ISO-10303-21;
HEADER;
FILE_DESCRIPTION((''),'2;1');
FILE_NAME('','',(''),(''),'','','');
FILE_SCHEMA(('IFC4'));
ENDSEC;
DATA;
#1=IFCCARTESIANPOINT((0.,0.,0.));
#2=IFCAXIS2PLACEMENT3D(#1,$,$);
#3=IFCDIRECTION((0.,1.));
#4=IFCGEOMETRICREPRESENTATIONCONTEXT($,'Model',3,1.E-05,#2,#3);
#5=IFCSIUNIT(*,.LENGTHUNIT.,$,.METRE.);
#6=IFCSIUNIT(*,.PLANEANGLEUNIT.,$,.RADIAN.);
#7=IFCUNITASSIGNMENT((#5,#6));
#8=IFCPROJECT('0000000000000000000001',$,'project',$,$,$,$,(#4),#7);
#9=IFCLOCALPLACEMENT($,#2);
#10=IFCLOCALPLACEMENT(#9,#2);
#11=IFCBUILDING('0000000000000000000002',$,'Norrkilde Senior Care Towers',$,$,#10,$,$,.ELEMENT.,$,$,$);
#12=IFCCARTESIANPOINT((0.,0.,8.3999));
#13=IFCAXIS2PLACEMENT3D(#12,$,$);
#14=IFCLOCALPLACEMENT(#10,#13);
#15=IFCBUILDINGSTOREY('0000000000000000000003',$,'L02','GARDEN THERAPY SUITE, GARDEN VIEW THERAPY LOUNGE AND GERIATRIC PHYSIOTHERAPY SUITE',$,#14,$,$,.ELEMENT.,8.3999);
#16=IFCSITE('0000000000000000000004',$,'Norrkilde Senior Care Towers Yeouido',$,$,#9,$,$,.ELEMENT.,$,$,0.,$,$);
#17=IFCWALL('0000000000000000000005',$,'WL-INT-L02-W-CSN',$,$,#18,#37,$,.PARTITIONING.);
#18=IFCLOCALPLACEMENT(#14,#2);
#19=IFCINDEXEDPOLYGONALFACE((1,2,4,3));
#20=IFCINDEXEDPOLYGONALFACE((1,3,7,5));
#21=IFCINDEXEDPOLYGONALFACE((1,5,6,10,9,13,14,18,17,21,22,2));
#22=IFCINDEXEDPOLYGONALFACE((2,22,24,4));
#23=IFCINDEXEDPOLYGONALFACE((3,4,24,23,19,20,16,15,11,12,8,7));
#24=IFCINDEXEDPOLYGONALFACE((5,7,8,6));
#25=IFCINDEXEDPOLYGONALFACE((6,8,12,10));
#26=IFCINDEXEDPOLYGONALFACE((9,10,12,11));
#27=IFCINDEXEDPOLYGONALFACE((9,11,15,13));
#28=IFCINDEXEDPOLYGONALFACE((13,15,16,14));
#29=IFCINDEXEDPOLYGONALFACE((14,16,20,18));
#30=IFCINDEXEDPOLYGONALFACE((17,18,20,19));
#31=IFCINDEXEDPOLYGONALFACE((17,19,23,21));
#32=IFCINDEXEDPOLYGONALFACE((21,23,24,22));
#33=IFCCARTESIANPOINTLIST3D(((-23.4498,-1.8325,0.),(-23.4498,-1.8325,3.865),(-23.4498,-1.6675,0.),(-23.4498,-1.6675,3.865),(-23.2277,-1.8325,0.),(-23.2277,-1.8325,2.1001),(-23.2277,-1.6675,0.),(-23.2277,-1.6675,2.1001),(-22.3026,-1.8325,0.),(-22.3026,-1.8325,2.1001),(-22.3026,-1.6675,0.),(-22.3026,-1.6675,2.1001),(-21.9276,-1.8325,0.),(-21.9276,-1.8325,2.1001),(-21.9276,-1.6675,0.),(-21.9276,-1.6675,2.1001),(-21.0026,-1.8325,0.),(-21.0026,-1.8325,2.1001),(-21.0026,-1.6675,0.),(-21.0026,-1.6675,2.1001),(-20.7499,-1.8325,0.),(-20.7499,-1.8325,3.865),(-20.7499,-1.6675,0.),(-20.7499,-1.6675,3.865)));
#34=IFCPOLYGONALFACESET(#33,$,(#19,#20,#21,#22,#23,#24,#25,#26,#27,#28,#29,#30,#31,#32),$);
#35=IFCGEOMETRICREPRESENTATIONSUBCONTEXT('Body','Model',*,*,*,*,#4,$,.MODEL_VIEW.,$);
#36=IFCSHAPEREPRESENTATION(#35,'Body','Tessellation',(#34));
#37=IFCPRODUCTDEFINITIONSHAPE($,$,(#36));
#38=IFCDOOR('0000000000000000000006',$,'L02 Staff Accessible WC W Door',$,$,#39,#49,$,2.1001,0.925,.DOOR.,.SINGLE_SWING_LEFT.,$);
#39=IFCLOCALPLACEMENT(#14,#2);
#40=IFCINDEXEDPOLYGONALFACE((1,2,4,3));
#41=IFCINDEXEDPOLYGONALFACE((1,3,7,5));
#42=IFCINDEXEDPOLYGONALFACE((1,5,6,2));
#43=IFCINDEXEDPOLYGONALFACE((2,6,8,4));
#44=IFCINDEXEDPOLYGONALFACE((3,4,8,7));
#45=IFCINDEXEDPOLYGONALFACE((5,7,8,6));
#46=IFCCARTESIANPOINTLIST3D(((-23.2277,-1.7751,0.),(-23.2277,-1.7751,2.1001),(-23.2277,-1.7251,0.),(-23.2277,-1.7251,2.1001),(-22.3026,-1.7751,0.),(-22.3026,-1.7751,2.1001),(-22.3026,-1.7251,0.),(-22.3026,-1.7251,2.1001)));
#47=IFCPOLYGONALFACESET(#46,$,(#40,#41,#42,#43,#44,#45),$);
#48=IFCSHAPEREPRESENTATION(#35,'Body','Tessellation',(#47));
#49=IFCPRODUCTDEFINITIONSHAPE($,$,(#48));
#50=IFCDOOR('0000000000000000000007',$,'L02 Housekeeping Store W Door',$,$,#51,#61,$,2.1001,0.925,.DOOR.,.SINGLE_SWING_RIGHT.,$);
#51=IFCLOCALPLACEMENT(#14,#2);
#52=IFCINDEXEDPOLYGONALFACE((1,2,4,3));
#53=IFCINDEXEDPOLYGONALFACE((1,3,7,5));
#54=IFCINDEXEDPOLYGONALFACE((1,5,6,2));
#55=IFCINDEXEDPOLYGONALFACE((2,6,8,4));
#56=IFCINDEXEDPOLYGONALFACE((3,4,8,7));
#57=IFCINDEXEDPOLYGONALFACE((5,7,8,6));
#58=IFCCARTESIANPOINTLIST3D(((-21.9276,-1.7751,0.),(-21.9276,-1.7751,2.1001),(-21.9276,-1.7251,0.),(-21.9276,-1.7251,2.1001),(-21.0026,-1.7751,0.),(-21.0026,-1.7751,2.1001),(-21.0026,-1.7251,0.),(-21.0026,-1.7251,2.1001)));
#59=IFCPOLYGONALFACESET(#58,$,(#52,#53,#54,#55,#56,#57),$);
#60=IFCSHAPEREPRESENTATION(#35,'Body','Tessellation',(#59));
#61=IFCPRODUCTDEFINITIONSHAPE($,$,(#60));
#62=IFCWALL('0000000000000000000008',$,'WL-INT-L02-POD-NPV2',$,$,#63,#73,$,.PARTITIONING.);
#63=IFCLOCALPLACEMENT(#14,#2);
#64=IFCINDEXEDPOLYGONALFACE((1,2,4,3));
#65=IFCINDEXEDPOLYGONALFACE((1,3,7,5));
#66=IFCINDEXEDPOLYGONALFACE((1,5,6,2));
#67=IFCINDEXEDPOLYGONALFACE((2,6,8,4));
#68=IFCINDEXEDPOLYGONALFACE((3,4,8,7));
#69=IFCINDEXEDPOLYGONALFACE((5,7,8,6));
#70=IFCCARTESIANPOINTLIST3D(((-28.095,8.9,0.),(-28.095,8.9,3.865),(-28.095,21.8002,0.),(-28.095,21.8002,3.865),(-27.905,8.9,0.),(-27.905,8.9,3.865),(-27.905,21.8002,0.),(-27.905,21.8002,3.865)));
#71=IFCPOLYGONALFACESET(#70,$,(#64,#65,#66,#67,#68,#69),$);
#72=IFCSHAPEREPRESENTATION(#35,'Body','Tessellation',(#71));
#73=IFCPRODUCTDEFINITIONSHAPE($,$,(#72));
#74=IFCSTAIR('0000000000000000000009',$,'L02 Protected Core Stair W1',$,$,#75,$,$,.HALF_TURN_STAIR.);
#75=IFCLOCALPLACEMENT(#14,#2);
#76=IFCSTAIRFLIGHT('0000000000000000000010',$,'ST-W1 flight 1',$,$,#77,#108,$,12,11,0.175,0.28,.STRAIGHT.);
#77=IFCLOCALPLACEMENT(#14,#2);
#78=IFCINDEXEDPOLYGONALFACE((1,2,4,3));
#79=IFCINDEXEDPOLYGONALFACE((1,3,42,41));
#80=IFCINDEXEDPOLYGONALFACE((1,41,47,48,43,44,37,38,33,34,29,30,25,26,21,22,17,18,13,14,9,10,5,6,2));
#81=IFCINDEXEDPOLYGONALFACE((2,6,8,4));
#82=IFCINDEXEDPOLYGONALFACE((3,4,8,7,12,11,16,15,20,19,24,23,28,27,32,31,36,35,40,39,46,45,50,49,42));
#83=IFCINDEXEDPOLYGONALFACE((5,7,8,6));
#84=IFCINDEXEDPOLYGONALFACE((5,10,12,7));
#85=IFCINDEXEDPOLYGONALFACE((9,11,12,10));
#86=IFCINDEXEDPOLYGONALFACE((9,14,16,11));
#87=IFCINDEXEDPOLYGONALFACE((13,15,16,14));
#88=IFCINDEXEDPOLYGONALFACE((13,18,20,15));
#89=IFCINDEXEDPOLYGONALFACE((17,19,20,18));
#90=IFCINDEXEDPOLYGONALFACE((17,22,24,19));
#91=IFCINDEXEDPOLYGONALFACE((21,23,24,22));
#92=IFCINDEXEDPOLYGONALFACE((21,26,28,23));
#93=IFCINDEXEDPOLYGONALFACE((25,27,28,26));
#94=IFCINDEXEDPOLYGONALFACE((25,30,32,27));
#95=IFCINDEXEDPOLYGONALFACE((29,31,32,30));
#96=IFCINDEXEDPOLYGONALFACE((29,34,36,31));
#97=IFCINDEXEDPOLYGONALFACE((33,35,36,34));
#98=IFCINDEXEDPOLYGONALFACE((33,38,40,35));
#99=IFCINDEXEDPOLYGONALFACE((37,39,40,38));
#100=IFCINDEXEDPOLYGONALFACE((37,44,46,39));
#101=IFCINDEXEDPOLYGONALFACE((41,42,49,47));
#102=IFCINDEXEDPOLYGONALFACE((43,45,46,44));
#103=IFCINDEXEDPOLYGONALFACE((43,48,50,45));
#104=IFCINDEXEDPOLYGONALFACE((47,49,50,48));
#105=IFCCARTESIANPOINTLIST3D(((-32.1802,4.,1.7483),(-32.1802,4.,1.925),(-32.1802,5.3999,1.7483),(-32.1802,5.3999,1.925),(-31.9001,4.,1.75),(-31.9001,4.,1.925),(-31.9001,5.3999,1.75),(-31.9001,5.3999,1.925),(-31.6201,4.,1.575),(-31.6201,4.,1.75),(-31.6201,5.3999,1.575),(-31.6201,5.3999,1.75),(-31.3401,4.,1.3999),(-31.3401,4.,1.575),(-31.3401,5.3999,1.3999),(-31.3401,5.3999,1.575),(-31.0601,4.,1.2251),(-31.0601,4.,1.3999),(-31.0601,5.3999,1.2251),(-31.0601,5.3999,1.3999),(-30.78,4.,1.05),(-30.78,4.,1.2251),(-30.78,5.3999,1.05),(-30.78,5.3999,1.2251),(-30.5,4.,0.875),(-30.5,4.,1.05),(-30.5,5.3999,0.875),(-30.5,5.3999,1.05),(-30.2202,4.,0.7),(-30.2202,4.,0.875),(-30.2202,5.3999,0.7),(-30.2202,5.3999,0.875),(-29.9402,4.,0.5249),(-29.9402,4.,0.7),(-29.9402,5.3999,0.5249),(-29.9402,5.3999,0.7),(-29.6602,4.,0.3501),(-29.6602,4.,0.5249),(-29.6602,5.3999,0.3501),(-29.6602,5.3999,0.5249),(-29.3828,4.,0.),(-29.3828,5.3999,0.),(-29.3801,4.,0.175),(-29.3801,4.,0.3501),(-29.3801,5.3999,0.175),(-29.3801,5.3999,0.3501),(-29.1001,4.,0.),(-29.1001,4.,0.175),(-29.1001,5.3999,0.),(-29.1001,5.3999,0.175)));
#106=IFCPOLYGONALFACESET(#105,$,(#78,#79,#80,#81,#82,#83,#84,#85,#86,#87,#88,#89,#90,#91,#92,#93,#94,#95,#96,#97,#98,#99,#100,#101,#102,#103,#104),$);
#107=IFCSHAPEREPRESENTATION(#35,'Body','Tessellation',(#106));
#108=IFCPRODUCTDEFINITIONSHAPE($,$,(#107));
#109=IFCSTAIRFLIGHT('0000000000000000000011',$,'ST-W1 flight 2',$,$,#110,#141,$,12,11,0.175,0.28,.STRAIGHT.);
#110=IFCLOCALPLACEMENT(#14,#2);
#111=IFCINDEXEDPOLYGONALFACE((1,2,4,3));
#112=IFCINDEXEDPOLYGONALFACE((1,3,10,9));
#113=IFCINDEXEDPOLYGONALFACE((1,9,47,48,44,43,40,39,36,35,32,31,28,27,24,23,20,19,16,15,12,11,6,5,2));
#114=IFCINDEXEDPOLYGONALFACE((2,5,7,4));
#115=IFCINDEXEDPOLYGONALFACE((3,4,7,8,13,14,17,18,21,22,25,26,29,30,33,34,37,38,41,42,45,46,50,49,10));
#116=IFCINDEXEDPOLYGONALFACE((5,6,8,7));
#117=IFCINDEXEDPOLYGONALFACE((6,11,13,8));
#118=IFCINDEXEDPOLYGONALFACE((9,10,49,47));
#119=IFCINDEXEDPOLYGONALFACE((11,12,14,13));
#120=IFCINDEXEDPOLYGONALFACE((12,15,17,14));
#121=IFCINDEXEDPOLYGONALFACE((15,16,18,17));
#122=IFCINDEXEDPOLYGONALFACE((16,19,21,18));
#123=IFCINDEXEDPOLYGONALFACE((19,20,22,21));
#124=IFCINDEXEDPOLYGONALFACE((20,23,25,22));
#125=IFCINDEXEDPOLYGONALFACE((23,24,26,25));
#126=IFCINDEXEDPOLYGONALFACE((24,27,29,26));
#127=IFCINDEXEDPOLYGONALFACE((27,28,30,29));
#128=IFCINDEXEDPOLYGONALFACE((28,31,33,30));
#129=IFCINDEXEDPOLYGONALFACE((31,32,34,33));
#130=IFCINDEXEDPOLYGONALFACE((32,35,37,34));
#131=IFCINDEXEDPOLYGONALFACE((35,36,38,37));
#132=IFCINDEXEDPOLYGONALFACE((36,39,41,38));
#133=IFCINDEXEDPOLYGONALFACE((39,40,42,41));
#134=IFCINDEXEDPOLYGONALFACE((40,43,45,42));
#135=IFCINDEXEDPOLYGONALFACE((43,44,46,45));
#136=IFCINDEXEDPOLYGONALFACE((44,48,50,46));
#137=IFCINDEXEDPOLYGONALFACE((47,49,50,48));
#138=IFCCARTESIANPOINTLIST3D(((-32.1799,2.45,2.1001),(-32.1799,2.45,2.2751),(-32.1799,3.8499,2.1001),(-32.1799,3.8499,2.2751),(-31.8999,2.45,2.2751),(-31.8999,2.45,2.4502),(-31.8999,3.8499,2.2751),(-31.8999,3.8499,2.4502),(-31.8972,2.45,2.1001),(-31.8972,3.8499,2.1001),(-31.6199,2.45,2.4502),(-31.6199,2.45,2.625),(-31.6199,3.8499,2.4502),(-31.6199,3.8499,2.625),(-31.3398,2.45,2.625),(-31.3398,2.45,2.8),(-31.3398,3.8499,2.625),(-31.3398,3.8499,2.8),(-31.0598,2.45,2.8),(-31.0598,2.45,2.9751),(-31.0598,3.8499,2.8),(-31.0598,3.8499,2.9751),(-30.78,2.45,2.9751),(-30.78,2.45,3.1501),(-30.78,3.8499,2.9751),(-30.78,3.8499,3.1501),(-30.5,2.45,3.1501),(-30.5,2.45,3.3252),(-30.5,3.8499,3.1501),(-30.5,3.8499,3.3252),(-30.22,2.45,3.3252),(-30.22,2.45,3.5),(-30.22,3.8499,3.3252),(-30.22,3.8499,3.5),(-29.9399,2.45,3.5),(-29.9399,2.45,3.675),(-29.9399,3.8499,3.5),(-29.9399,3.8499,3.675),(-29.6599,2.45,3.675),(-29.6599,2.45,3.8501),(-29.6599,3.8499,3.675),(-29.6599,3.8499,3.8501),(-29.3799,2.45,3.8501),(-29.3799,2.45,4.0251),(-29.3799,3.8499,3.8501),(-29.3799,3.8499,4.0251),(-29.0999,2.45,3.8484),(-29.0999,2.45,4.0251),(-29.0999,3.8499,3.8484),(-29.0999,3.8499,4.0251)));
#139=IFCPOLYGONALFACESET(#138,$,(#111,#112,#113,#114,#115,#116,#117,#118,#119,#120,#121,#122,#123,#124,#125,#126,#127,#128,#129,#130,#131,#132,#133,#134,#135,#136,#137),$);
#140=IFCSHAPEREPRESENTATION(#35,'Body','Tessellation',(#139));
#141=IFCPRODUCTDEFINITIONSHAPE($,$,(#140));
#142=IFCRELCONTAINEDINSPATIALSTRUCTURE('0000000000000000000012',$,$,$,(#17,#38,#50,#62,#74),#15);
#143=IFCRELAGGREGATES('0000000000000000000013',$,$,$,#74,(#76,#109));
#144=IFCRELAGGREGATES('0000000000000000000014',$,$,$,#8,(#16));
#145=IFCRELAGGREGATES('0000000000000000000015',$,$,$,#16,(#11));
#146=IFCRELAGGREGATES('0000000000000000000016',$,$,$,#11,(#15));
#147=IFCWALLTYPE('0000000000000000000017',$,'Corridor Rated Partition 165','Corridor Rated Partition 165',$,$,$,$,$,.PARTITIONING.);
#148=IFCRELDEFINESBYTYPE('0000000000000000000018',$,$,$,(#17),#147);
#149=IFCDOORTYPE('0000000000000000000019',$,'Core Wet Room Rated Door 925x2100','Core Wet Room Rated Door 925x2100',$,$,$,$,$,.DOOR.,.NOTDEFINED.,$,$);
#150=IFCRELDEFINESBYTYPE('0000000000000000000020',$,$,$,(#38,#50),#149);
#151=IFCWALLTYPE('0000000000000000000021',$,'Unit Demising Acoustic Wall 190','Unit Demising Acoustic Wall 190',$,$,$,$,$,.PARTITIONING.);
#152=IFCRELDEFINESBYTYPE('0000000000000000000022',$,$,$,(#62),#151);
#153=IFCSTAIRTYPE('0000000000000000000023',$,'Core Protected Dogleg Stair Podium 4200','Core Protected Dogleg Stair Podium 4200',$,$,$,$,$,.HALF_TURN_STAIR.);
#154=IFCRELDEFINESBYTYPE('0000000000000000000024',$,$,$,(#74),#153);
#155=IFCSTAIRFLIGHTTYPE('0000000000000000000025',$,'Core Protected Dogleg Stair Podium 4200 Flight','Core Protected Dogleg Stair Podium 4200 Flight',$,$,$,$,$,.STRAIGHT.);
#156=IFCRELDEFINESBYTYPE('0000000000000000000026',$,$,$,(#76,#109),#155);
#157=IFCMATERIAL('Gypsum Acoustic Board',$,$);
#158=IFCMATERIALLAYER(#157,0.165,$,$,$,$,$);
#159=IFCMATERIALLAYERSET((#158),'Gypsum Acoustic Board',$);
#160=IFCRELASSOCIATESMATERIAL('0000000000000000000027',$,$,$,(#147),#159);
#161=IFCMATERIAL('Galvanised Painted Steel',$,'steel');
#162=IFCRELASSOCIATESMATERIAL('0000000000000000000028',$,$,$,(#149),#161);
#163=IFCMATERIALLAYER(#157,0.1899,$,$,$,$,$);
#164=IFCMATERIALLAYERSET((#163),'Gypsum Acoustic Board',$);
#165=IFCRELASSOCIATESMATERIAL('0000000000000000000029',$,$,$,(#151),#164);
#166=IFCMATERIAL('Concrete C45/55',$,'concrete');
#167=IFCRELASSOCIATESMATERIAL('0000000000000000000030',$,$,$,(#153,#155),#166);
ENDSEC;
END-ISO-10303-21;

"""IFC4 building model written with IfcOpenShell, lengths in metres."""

from ifc_helpers import new_model, si_unit, direction, frame, frame_2d, origin, place, context, subcontext, project, spatial, polyline, rectangle, outline, extrude, source, transform, mapped, material, layer, layer_set, type_object, type_shapes, element, fill, aggregate, save


model = new_model("IFC4")

# Units and contexts
model_context = context("Model", 3, precision=1e-05, world=origin(), true_north=direction((0.0, 1.0)))
body_context = subcontext(model_context, "Body", "Model", "MODEL_VIEW")
ifc_project = project(units=[si_unit("LENGTHUNIT", "METRE"), si_unit("PLANEANGLEUNIT", "RADIAN")], contexts=[model_context])

# Site, building, storey
site_placement = place(None, origin())
site = spatial("IfcSite", under=ifc_project, at=site_placement, Name="Norrkilde Senior Care Towers Yeouido", CompositionType="ELEMENT", RefElevation=0.0)
building_placement = place(site_placement, origin())
building = spatial("IfcBuilding", under=site, at=building_placement, Name="Norrkilde Senior Care Towers", CompositionType="ELEMENT")
storey_placement = place(building_placement, frame((0.0, 0.0, 8.3999)))
storey = spatial("IfcBuildingStorey", under=building, at=storey_placement, Name="L02", Description="GARDEN THERAPY SUITE, GARDEN VIEW THERAPY LOUNGE AND GERIATRIC PHYSIOTHERAPY SUITE", CompositionType="ELEMENT", Elevation=8.3999)

# Shared definitions
ifc_material_1 = material(Name="Concrete C45/55", Category="concrete")

# Shared definitions
ifc_material_2 = material(Name="Galvanised Painted Steel", Category="steel")

# Shared definitions
ifc_material_3 = material(Name="Gypsum Acoustic Board")

# Wall, openings, doors
ifc_layer_1 = layer(ifc_material_3, 0.165)
ifc_layer_set_1 = layer_set([ifc_layer_1], Name="Gypsum Acoustic Board")
wall_type_1 = type_object("IfcWallType", Name="Corridor Rated Partition 165", Description="Corridor Rated Partition 165", PredefinedType="PARTITIONING", material=ifc_layer_set_1)
shared_shape_1 = source(origin(), body_context, "Body", "SweptSolid", [
    extrude(rectangle(XDim=2.7, YDim=0.165, at=frame_2d((1.3501, 0.0))), origin(), (0.0, 0.0, 1.0), 3.865),
])
type_shapes(wall_type_1, [shared_shape_1])
wall_1_placement = place(storey_placement, frame((-23.45, -1.75, 0.0), z_axis=(0.0, 0.0, 1.0), x_axis=(1.0, 0.0, 0.0)))
wall_1 = element("IfcWall", 1, at=wall_1_placement, inside=storey, type_object=wall_type_1, Name="WL-INT-L02-W-CSN", PredefinedType="PARTITIONING", context=body_context, shape_type="MappedRepresentation", body=[
    mapped(shared_shape_1, transform((0.0, 0.0, 0.0), x_axis=(1.0, 0.0, 0.0), y_axis=(0.0, 1.0, 0.0), z_axis=(0.0, 0.0, 1.0), scale=1.0)),
])
opening_1_placement = place(wall_1_placement, frame((0.2224, 0.0, 0.0)))
opening_1 = element("IfcOpeningElement", 2, at=opening_1_placement, cuts=wall_1, PredefinedType="OPENING", context=body_context, shape_type="SweptSolid", body=[
    extrude(rectangle(XDim=0.925, YDim=2.1001, at=frame_2d((0.4624, 1.05))), frame((0.0, 0.0925, 0.0), z_axis=(0.0, -1.0, 0.0), x_axis=(1.0, 0.0, 0.0)), (0.0, 0.0, 1.0), 0.1851),
])
opening_2_placement = place(wall_1_placement, frame((1.5225, 0.0, 0.0)))
opening_2 = element("IfcOpeningElement", 3, at=opening_2_placement, cuts=wall_1, PredefinedType="OPENING", context=body_context, shape_type="SweptSolid", body=[
    extrude(rectangle(XDim=0.925, YDim=2.1001, at=frame_2d((0.4624, 1.05))), frame((0.0, 0.0925, 0.0), z_axis=(0.0, -1.0, 0.0), x_axis=(1.0, 0.0, 0.0)), (0.0, 0.0, 1.0), 0.1851),
])
door_type_1 = type_object("IfcDoorType", Name="Core Wet Room Rated Door 925x2100", Description="Core Wet Room Rated Door 925x2100", OperationType="NOTDEFINED", PredefinedType="DOOR", material=ifc_material_2)
shared_shape_2 = source(origin(), body_context, "Body", "SweptSolid", [
    extrude(rectangle(XDim=0.925, YDim=2.1001, at=frame_2d((0.4624, 1.05))), frame((0.0, 0.0249, 0.0), z_axis=(0.0, -1.0, 0.0), x_axis=(1.0, 0.0, 0.0)), (0.0, 0.0, 1.0), 0.05),
])
type_shapes(door_type_1, [shared_shape_2])
door_1_placement = place(opening_1_placement, origin())
door_1 = element("IfcDoor", 4, at=door_1_placement, inside=storey, type_object=door_type_1, Name="L02 Staff Accessible WC W Door", OperationType="SINGLE_SWING_LEFT", OverallHeight=2.1001, OverallWidth=0.925, PredefinedType="DOOR", context=body_context, shape_type="MappedRepresentation", body=[
    mapped(shared_shape_2, transform((0.0, 0.0, 0.0), x_axis=(1.0, 0.0, 0.0), y_axis=(0.0, 1.0, 0.0), z_axis=(0.0, 0.0, 1.0), scale=1.0)),
])
fill(opening_1, door_1)
door_2_placement = place(opening_2_placement, origin())
door_2 = element("IfcDoor", 5, at=door_2_placement, inside=storey, type_object=door_type_1, Name="L02 Housekeeping Store W Door", OperationType="SINGLE_SWING_RIGHT", OverallHeight=2.1001, OverallWidth=0.925, PredefinedType="DOOR", context=body_context, shape_type="MappedRepresentation", body=[
    mapped(shared_shape_2, transform((0.0, 0.0, 0.0), x_axis=(1.0, 0.0, 0.0), y_axis=(0.0, 1.0, 0.0), z_axis=(0.0, 0.0, 1.0), scale=1.0)),
])
fill(opening_2, door_2)

# Wall
ifc_layer_2 = layer(ifc_material_3, 0.1899)
ifc_layer_set_2 = layer_set([ifc_layer_2], Name="Gypsum Acoustic Board")
wall_type_2 = type_object("IfcWallType", Name="Unit Demising Acoustic Wall 190", Description="Unit Demising Acoustic Wall 190", PredefinedType="PARTITIONING", material=ifc_layer_set_2)
shared_shape_3 = source(origin(), body_context, "Body", "SweptSolid", [
    extrude(rectangle(XDim=12.9001, YDim=0.1899, at=frame_2d((6.4502, 0.0))), origin(), (0.0, 0.0, 1.0), 3.865),
])
type_shapes(wall_type_2, [shared_shape_3])
wall_2_placement = place(storey_placement, frame((-28.0, 8.8999, 0.0), z_axis=(0.0, 0.0, 1.0), x_axis=(0.0, 1.0, 0.0)))
element("IfcWall", 6, at=wall_2_placement, inside=storey, type_object=wall_type_2, Name="WL-INT-L02-POD-NPV2", PredefinedType="PARTITIONING", context=body_context, shape_type="MappedRepresentation", body=[
    mapped(shared_shape_3, transform((0.0, 0.0, 0.0), x_axis=(1.0, 0.0, 0.0), y_axis=(0.0, 1.0, 0.0), z_axis=(0.0, 0.0, 1.0), scale=1.0)),
])

# Stair, stair flights
stair_type = type_object("IfcStairType", Name="Core Protected Dogleg Stair Podium 4200", Description="Core Protected Dogleg Stair Podium 4200", PredefinedType="HALF_TURN_STAIR", material=ifc_material_1)
stair_placement = place(storey_placement, origin())
stair = element("IfcStair", 7, at=stair_placement, inside=storey, type_object=stair_type, Name="L02 Protected Core Stair W1", PredefinedType="HALF_TURN_STAIR")
stair_flight_type = type_object("IfcStairFlightType", Name="Core Protected Dogleg Stair Podium 4200 Flight", Description="Core Protected Dogleg Stair Podium 4200 Flight", PredefinedType="STRAIGHT", material=ifc_material_1)
stair_flight_1_placement = place(storey_placement, frame((-29.1001, 4.7, 0.0), z_axis=(0.0, 0.0, 1.0), x_axis=(-1.0, 0.0, 0.0)))
stair_flight_1 = element("IfcStairFlight", 8, at=stair_flight_1_placement, type_object=stair_flight_type, Name="ST-W1 flight 1", NumberOfRisers=12, NumberOfTreads=11, PredefinedType="STRAIGHT", RiserHeight=0.175, TreadLength=0.28, context=body_context, shape_type="SweptSolid", body=[
    extrude(outline(polyline([(0.0, 0.0), (0.0, 0.175), (0.28, 0.175), (0.28, 0.3501), (0.5601, 0.3501), (0.5601, 0.5249), (0.8401, 0.5249), (0.8401, 0.7), (1.1201, 0.7), (1.1201, 0.875), (1.3999, 0.875), (1.3999, 1.05), (1.6799, 1.05), (1.6799, 1.2251), (1.96, 1.2251), (1.96, 1.3999), (2.24, 1.3999), (2.24, 1.575), (2.52, 1.575), (2.52, 1.75), (2.8, 1.75), (2.8, 1.925), (3.0801, 1.925), (3.0801, 2.1001), (3.0801, 1.7483), (0.2827, 0.0), (0.0, 0.0)])), frame((0.0, 0.7, 0.0), z_axis=(0.0, -1.0, 0.0), x_axis=(1.0, 0.0, 0.0)), (0.0, 0.0, 1.0), 1.3999),
])
stair_flight_2_placement = place(storey_placement, frame((-32.1799, 3.1499, 2.1001), z_axis=(0.0, 0.0, 1.0), x_axis=(1.0, 0.0, 0.0)))
stair_flight_2 = element("IfcStairFlight", 9, at=stair_flight_2_placement, type_object=stair_flight_type, Name="ST-W1 flight 2", NumberOfRisers=12, NumberOfTreads=11, PredefinedType="STRAIGHT", RiserHeight=0.175, TreadLength=0.28, context=body_context, shape_type="SweptSolid", body=[
    extrude(outline(polyline([(0.0, 0.0), (0.0, 0.175), (0.28, 0.175), (0.28, 0.3501), (0.5601, 0.3501), (0.5601, 0.5249), (0.8401, 0.5249), (0.8401, 0.7), (1.1201, 0.7), (1.1201, 0.875), (1.3999, 0.875), (1.3999, 1.05), (1.6799, 1.05), (1.6799, 1.2251), (1.96, 1.2251), (1.96, 1.3999), (2.24, 1.3999), (2.24, 1.575), (2.52, 1.575), (2.52, 1.75), (2.8, 1.75), (2.8, 1.925), (3.0801, 1.925), (3.0801, 2.1001), (3.0801, 1.7483), (0.2827, 0.0), (0.0, 0.0)])), frame((0.0, 0.7, 0.0), z_axis=(0.0, -1.0, 0.0), x_axis=(1.0, 0.0, 0.0)), (0.0, 0.0, 1.0), 1.3999),
])
aggregate(stair, [stair_flight_1, stair_flight_2])

save(model, "model.ifc")
